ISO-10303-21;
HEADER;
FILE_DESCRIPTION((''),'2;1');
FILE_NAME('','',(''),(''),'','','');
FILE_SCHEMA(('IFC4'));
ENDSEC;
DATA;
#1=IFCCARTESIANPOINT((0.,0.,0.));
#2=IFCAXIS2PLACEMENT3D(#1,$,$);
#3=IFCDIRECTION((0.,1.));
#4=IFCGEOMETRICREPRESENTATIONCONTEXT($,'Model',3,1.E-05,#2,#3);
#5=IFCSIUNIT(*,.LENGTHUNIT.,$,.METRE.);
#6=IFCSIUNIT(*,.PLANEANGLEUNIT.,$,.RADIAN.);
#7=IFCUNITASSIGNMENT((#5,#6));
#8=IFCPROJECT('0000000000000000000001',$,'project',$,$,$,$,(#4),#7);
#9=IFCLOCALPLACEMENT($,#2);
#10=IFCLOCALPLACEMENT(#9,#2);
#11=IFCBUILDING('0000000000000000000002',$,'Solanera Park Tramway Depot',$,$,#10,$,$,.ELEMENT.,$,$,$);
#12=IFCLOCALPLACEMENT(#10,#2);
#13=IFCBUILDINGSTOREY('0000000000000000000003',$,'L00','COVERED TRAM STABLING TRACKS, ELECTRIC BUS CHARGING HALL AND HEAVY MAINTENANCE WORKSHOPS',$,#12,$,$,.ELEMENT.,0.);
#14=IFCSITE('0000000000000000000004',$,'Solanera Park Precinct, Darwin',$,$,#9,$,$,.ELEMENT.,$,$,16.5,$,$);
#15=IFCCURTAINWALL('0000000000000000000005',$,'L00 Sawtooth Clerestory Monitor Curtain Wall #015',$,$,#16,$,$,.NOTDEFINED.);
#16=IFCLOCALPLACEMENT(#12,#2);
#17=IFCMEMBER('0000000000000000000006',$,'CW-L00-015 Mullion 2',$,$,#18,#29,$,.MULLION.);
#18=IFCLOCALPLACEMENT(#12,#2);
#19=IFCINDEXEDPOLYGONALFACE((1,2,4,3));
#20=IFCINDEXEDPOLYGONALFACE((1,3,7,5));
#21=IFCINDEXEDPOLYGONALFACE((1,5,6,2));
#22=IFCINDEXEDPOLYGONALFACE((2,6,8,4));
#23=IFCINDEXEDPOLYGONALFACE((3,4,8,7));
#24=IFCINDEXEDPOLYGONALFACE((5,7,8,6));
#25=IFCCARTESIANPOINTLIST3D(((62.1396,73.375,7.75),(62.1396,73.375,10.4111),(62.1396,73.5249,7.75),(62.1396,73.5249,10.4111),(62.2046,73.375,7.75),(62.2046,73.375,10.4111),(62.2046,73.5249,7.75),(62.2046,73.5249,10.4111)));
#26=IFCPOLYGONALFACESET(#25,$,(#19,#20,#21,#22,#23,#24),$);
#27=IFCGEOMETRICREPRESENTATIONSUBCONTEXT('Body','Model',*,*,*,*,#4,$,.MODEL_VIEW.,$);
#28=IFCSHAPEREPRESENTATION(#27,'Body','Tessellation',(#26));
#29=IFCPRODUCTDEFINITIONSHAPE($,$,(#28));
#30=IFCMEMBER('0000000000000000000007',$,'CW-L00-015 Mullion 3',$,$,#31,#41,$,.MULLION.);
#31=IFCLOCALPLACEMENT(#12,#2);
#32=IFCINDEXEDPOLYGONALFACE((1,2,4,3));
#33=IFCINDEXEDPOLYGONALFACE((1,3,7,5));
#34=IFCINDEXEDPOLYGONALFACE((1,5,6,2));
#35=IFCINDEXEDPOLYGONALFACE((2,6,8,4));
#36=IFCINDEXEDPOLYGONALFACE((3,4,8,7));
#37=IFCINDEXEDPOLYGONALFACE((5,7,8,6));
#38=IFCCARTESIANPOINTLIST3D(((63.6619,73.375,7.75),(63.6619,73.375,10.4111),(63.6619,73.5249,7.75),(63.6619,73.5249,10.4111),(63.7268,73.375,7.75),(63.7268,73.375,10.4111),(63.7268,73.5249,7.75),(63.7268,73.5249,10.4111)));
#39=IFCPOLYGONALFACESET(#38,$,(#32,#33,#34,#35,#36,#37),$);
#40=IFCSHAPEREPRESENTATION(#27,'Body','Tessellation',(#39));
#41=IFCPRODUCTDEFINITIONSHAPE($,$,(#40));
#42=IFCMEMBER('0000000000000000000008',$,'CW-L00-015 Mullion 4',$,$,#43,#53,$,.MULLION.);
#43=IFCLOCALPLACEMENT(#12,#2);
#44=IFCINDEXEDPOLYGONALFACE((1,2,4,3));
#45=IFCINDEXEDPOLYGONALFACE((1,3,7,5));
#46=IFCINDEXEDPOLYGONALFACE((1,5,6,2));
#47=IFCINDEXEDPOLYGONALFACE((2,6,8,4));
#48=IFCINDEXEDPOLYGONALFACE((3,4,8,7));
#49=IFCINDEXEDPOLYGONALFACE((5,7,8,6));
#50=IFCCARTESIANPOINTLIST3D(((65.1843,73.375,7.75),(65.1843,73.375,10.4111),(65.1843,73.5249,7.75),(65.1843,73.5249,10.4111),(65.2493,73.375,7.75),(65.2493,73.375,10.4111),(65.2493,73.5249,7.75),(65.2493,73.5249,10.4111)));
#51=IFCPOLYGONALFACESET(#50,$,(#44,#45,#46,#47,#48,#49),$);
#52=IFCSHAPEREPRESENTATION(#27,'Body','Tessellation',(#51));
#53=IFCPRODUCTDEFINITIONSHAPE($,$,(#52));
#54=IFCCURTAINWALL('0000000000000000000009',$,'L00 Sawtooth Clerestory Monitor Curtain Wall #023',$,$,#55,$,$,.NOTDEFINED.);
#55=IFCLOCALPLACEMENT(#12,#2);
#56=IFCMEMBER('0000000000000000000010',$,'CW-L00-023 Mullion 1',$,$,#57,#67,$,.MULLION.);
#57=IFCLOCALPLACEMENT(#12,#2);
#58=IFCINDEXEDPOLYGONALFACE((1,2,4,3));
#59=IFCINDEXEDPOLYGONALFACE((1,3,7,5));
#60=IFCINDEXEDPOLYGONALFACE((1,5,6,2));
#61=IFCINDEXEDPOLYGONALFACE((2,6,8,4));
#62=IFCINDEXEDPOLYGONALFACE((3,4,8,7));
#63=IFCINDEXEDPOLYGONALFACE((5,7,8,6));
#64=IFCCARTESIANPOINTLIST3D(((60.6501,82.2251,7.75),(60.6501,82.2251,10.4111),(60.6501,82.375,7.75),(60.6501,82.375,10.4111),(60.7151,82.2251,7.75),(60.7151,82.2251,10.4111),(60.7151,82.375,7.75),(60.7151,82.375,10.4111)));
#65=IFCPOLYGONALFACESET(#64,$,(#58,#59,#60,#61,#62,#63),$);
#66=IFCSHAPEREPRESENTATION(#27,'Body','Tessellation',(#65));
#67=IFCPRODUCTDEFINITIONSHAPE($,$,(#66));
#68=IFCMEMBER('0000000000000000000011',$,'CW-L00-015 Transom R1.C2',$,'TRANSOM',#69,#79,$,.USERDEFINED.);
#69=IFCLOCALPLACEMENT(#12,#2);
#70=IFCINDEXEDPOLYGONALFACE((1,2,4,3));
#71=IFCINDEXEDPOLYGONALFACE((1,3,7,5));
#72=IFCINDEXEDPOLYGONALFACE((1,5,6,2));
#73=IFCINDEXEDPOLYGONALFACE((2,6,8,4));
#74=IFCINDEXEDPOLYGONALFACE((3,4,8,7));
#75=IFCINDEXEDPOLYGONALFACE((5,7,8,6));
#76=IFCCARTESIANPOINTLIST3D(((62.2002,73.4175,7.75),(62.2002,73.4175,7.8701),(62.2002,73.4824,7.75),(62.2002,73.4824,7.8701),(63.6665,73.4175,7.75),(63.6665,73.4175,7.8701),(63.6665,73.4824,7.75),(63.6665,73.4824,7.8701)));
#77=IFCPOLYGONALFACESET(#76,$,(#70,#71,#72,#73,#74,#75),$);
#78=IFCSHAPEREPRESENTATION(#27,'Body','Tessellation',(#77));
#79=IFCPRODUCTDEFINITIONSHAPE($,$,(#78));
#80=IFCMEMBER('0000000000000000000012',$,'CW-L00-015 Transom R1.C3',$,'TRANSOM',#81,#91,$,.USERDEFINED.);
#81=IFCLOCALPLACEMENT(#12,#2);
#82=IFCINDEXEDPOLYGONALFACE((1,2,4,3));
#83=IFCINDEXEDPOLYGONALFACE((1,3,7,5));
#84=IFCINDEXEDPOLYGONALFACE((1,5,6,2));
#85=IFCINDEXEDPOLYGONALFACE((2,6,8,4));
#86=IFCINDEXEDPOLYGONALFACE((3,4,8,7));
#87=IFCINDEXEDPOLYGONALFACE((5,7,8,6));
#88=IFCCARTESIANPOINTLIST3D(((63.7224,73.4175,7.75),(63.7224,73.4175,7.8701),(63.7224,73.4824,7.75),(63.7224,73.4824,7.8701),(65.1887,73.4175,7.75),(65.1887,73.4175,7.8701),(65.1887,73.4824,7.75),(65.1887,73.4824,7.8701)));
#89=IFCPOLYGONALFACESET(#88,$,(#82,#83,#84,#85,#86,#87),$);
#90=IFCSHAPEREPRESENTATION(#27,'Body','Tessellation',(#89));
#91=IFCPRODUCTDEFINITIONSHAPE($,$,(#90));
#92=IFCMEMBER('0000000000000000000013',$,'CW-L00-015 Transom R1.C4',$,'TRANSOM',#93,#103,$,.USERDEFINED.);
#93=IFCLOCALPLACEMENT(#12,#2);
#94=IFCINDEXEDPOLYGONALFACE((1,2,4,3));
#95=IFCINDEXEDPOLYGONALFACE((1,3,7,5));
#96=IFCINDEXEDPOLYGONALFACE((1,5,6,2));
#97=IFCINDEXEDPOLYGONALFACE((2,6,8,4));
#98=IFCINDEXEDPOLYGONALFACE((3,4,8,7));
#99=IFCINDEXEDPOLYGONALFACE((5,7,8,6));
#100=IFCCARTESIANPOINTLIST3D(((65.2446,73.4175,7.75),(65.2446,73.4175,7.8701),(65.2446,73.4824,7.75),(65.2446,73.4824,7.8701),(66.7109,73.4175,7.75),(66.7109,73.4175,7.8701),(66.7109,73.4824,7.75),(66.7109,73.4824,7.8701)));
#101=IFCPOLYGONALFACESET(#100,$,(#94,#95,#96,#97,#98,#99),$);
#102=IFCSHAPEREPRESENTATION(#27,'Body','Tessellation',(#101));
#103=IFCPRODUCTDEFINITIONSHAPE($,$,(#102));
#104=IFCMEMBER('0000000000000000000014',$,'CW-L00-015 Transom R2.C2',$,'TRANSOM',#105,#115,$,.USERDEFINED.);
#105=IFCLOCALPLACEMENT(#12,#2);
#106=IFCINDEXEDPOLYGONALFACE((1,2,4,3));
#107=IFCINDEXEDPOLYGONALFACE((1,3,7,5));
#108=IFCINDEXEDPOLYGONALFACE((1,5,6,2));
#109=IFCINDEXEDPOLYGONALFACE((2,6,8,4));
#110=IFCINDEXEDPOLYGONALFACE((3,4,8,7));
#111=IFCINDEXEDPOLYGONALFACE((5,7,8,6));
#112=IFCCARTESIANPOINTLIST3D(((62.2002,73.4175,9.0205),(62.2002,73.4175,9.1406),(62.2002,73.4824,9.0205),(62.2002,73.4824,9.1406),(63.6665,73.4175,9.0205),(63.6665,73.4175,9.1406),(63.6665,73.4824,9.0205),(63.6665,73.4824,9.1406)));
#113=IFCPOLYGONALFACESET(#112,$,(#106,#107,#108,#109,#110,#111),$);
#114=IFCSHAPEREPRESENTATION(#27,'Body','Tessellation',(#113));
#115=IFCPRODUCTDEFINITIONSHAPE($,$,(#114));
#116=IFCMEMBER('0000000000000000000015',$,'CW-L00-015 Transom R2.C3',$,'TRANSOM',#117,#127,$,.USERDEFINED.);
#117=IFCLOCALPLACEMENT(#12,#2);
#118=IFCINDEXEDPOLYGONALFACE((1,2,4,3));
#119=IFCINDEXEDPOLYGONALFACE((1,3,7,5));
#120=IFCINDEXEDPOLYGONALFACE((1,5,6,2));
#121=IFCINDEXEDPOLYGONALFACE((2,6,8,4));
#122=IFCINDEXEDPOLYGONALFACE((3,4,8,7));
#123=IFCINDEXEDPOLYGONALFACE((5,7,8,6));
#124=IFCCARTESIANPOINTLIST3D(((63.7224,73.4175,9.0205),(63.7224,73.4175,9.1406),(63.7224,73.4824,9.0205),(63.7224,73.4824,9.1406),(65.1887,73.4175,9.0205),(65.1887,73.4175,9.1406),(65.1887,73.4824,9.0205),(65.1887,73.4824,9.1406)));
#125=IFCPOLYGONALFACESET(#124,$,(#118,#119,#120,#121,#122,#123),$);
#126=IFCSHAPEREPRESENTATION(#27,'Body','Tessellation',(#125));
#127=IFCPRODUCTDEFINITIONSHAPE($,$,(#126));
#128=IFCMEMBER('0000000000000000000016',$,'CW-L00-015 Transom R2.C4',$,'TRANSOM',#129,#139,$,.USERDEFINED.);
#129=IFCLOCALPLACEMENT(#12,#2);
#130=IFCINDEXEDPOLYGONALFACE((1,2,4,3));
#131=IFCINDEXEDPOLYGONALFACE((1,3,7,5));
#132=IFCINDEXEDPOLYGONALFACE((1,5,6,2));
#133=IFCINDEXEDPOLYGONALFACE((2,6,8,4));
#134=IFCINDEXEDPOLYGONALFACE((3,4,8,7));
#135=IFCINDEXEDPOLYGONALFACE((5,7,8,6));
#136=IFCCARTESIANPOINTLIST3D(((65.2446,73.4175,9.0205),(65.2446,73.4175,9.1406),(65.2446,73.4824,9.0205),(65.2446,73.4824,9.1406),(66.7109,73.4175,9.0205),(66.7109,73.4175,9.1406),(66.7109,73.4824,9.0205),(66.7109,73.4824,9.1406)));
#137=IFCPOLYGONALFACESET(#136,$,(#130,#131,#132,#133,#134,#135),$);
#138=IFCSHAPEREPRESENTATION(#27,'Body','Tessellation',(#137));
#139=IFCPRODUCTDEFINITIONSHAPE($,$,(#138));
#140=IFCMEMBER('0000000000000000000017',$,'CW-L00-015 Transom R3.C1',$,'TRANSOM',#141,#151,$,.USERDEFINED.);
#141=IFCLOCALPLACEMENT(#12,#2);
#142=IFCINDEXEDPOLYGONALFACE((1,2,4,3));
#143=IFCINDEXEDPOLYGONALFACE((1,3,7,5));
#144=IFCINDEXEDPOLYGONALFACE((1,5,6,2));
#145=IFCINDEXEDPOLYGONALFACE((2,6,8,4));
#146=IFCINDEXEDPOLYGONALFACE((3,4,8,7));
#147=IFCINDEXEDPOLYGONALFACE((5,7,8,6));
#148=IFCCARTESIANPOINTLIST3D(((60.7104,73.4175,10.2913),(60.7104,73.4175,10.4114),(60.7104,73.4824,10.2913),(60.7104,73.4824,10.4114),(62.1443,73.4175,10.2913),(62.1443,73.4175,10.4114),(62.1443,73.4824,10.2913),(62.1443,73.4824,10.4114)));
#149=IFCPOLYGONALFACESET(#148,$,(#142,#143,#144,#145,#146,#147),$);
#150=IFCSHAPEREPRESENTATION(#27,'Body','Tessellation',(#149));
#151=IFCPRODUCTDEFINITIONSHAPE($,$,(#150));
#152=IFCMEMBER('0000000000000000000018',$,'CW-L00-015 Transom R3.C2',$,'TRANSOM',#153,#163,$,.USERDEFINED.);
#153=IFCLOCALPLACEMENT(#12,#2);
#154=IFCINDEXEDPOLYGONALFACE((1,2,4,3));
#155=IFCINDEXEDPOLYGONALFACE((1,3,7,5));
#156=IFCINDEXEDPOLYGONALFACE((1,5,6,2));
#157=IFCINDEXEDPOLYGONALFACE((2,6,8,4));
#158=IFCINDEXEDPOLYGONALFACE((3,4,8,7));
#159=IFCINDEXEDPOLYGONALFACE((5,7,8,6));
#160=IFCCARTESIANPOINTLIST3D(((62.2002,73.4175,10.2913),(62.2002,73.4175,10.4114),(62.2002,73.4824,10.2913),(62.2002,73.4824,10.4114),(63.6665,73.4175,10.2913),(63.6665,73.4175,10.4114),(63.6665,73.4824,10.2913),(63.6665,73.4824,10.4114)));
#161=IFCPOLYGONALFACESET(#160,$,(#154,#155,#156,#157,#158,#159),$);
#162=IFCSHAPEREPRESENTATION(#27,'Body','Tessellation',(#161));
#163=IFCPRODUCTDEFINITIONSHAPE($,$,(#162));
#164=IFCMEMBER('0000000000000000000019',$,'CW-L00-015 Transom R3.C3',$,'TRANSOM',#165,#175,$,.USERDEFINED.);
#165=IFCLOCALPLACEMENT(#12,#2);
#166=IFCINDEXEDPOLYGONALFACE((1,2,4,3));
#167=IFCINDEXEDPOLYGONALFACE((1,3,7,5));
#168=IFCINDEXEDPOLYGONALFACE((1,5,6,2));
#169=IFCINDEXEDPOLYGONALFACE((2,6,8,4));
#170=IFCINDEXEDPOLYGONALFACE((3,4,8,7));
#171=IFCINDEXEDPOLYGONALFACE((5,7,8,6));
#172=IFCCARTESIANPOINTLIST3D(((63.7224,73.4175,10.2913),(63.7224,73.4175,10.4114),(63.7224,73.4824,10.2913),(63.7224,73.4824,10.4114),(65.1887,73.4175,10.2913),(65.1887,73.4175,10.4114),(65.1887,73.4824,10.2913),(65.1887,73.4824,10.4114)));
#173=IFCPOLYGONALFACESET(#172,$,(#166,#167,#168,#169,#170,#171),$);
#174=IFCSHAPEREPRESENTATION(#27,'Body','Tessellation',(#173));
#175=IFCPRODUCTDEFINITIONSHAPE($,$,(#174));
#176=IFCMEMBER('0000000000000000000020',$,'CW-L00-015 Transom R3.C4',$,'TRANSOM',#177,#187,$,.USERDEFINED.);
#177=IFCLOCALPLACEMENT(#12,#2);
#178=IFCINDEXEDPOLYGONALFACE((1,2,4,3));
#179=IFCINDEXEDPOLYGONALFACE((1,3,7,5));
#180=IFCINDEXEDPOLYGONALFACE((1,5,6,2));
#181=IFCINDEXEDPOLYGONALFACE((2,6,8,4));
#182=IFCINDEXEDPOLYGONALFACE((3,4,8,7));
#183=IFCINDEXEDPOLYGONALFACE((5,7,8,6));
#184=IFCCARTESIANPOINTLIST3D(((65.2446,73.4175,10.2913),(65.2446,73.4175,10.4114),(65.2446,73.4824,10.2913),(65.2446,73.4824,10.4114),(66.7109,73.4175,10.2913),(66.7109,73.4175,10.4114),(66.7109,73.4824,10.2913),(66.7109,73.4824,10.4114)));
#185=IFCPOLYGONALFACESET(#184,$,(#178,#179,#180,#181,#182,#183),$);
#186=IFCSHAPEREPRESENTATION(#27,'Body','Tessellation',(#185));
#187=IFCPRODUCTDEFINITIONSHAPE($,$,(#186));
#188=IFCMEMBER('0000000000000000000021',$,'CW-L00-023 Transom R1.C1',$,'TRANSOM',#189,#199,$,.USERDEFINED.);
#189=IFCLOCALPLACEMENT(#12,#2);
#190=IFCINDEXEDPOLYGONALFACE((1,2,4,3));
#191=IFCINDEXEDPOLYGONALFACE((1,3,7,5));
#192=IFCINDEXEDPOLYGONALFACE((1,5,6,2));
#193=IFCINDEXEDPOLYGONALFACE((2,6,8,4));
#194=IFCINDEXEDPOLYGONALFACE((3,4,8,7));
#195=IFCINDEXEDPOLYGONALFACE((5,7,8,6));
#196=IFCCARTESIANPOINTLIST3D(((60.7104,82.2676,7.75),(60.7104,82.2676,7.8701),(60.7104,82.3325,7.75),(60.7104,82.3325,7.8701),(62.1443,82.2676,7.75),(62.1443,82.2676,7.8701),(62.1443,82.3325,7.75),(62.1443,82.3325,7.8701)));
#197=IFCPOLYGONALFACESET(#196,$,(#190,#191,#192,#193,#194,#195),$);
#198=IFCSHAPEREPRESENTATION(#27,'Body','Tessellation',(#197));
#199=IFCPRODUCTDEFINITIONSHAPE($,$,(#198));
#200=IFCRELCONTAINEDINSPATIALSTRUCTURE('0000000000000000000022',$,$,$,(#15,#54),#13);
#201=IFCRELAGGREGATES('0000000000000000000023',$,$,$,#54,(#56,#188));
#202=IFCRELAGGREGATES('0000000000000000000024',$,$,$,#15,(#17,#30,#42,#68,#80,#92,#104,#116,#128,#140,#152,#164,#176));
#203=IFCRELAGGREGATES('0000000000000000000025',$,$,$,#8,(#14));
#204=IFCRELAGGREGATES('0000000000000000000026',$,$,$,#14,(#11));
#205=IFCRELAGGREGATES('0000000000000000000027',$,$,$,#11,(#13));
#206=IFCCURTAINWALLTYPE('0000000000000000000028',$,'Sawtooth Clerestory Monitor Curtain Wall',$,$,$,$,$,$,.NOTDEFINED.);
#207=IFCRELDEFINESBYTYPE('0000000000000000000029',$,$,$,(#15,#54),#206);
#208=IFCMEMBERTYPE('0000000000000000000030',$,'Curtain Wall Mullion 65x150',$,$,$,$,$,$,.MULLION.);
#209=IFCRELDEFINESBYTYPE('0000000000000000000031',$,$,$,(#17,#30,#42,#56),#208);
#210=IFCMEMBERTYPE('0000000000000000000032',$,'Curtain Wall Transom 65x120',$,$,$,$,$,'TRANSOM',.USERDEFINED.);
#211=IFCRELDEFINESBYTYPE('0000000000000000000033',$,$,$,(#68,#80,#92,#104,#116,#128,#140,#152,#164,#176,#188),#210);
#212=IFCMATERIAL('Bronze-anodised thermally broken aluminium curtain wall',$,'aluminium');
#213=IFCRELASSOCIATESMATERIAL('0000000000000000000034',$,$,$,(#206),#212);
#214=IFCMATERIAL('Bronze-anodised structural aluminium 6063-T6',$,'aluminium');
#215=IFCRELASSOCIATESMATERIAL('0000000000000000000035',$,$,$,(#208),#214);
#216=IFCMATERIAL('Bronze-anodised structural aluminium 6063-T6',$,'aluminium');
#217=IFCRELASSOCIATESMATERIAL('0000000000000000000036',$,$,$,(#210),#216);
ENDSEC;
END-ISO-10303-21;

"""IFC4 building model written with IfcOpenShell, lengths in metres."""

from ifc_helpers import new_model, si_unit, direction, frame, origin, origin_2d, place, context, subcontext, project, spatial, rectangle, extrude, material, material_profile, profile_set, type_object, element, aggregate, save


model = new_model("IFC4")

# Units and contexts
model_context = context("Model", 3, precision=1e-05, world=origin(), true_north=direction((0.0, 1.0)))
body_context = subcontext(model_context, "Body", "Model", "MODEL_VIEW")
ifc_project = project(units=[si_unit("LENGTHUNIT", "METRE"), si_unit("PLANEANGLEUNIT", "RADIAN")], contexts=[model_context])

# Site, building, storey
site_placement = place(None, origin())
site = spatial("IfcSite", under=ifc_project, at=site_placement, Name="Solanera Park Precinct, Darwin", CompositionType="ELEMENT", RefElevation=16.5)
building_placement = place(site_placement, origin())
building = spatial("IfcBuilding", under=site, at=building_placement, Name="Solanera Park Tramway Depot", CompositionType="ELEMENT")
storey_placement = place(building_placement, origin())
storey = spatial("IfcBuildingStorey", under=building, at=storey_placement, Name="L00", Description="COVERED TRAM STABLING TRACKS, ELECTRIC BUS CHARGING HALL AND HEAVY MAINTENANCE WORKSHOPS", CompositionType="ELEMENT", Elevation=0.0)

# Curtain wall, members
ifc_material_1 = material(Name="Bronze-anodised thermally broken aluminium curtain wall", Category="aluminium")
curtain_wall_type = type_object("IfcCurtainWallType", Name="Sawtooth Clerestory Monitor Curtain Wall", PredefinedType="NOTDEFINED", material=ifc_material_1)
curtain_wall_1_placement = place(storey_placement, origin())
curtain_wall_1 = element("IfcCurtainWall", 1, at=curtain_wall_1_placement, inside=storey, type_object=curtain_wall_type, Name="L00 Sawtooth Clerestory Monitor Curtain Wall #015", PredefinedType="NOTDEFINED")
ifc_material_2 = material(Name="Bronze-anodised structural aluminium 6063-T6", Category="aluminium")
ifc_material_profile_1 = material_profile(ifc_material_2, rectangle(XDim=0.0649, YDim=0.1499, at=origin_2d()), Name="Curtain Wall Mullion 65x150")
ifc_profile_set_1 = profile_set([ifc_material_profile_1], Name="Bronze-anodised structural aluminium 6063-T6")
member_type_1 = type_object("IfcMemberType", Name="Curtain Wall Mullion 65x150", PredefinedType="MULLION", material=ifc_profile_set_1)
member_1_placement = place(storey_placement, frame((62.1721, 73.45, 7.75), z_axis=(0.0, 0.0, 1.0), x_axis=(1.0, 0.0, 0.0)))
member_1 = element("IfcMember", 2, at=member_1_placement, type_object=member_type_1, Name="CW-L00-015 Mullion 2", PredefinedType="MULLION", context=body_context, shape_type="SweptSolid", body=[
    extrude(rectangle(XDim=0.0649, YDim=0.1499, at=origin_2d()), origin(), (0.0, 0.0, 1.0), 2.6611),
])
member_2_placement = place(storey_placement, frame((63.6943, 73.45, 7.75), z_axis=(0.0, 0.0, 1.0), x_axis=(1.0, 0.0, 0.0)))
member_2 = element("IfcMember", 3, at=member_2_placement, type_object=member_type_1, Name="CW-L00-015 Mullion 3", PredefinedType="MULLION", context=body_context, shape_type="SweptSolid", body=[
    extrude(rectangle(XDim=0.0649, YDim=0.1499, at=origin_2d()), origin(), (0.0, 0.0, 1.0), 2.6611),
])
member_3_placement = place(storey_placement, frame((65.2168, 73.45, 7.75), z_axis=(0.0, 0.0, 1.0), x_axis=(1.0, 0.0, 0.0)))
member_3 = element("IfcMember", 4, at=member_3_placement, type_object=member_type_1, Name="CW-L00-015 Mullion 4", PredefinedType="MULLION", context=body_context, shape_type="SweptSolid", body=[
    extrude(rectangle(XDim=0.0649, YDim=0.1499, at=origin_2d()), origin(), (0.0, 0.0, 1.0), 2.6611),
])

# Curtain wall, member
curtain_wall_2_placement = place(storey_placement, origin())
curtain_wall_2 = element("IfcCurtainWall", 5, at=curtain_wall_2_placement, inside=storey, type_object=curtain_wall_type, Name="L00 Sawtooth Clerestory Monitor Curtain Wall #023", PredefinedType="NOTDEFINED")
member_4_placement = place(storey_placement, frame((60.6826, 82.3, 7.75), z_axis=(0.0, 0.0, 1.0), x_axis=(1.0, 0.0, 0.0)))
member_4 = element("IfcMember", 6, at=member_4_placement, type_object=member_type_1, Name="CW-L00-023 Mullion 1", PredefinedType="MULLION", context=body_context, shape_type="SweptSolid", body=[
    extrude(rectangle(XDim=0.0649, YDim=0.1499, at=origin_2d()), origin(), (0.0, 0.0, 1.0), 2.6611),
])

# Members
ifc_material_3 = material(Name="Bronze-anodised structural aluminium 6063-T6", Category="aluminium")
ifc_material_profile_2 = material_profile(ifc_material_3, rectangle(XDim=0.0649, YDim=0.1201, at=origin_2d()), Name="Curtain Wall Transom 65x120")
ifc_profile_set_2 = profile_set([ifc_material_profile_2], Name="Bronze-anodised structural aluminium 6063-T6")
member_type_2 = type_object("IfcMemberType", Name="Curtain Wall Transom 65x120", ElementType="TRANSOM", PredefinedType="USERDEFINED", material=ifc_profile_set_2)
member_5_placement = place(storey_placement, frame((62.2002, 73.45, 7.8101), z_axis=(1.0, 0.0, 0.0), x_axis=(0.0, 1.0, 0.0)))
member_5 = element("IfcMember", 7, at=member_5_placement, type_object=member_type_2, Name="CW-L00-015 Transom R1.C2", ObjectType="TRANSOM", PredefinedType="USERDEFINED", context=body_context, shape_type="SweptSolid", body=[
    extrude(rectangle(XDim=0.0649, YDim=0.1201, at=origin_2d()), origin(), (0.0, 0.0, 1.0), 1.4663),
])
member_6_placement = place(storey_placement, frame((63.7224, 73.45, 7.8101), z_axis=(1.0, 0.0, 0.0), x_axis=(0.0, 1.0, 0.0)))
member_6 = element("IfcMember", 8, at=member_6_placement, type_object=member_type_2, Name="CW-L00-015 Transom R1.C3", ObjectType="TRANSOM", PredefinedType="USERDEFINED", context=body_context, shape_type="SweptSolid", body=[
    extrude(rectangle(XDim=0.0649, YDim=0.1201, at=origin_2d()), origin(), (0.0, 0.0, 1.0), 1.4663),
])
member_7_placement = place(storey_placement, frame((65.2446, 73.45, 7.8101), z_axis=(1.0, 0.0, 0.0), x_axis=(0.0, 1.0, 0.0)))
member_7 = element("IfcMember", 9, at=member_7_placement, type_object=member_type_2, Name="CW-L00-015 Transom R1.C4", ObjectType="TRANSOM", PredefinedType="USERDEFINED", context=body_context, shape_type="SweptSolid", body=[
    extrude(rectangle(XDim=0.0649, YDim=0.1201, at=origin_2d()), origin(), (0.0, 0.0, 1.0), 1.4663),
])
member_8_placement = place(storey_placement, frame((62.2002, 73.45, 9.0806), z_axis=(1.0, 0.0, 0.0), x_axis=(0.0, 1.0, 0.0)))
member_8 = element("IfcMember", 10, at=member_8_placement, type_object=member_type_2, Name="CW-L00-015 Transom R2.C2", ObjectType="TRANSOM", PredefinedType="USERDEFINED", context=body_context, shape_type="SweptSolid", body=[
    extrude(rectangle(XDim=0.0649, YDim=0.1201, at=origin_2d()), origin(), (0.0, 0.0, 1.0), 1.4663),
])
member_9_placement = place(storey_placement, frame((63.7224, 73.45, 9.0806), z_axis=(1.0, 0.0, 0.0), x_axis=(0.0, 1.0, 0.0)))
member_9 = element("IfcMember", 11, at=member_9_placement, type_object=member_type_2, Name="CW-L00-015 Transom R2.C3", ObjectType="TRANSOM", PredefinedType="USERDEFINED", context=body_context, shape_type="SweptSolid", body=[
    extrude(rectangle(XDim=0.0649, YDim=0.1201, at=origin_2d()), origin(), (0.0, 0.0, 1.0), 1.4663),
])
member_10_placement = place(storey_placement, frame((65.2446, 73.45, 9.0806), z_axis=(1.0, 0.0, 0.0), x_axis=(0.0, 1.0, 0.0)))
member_10 = element("IfcMember", 12, at=member_10_placement, type_object=member_type_2, Name="CW-L00-015 Transom R2.C4", ObjectType="TRANSOM", PredefinedType="USERDEFINED", context=body_context, shape_type="SweptSolid", body=[
    extrude(rectangle(XDim=0.0649, YDim=0.1201, at=origin_2d()), origin(), (0.0, 0.0, 1.0), 1.4663),
])
member_11_placement = place(storey_placement, frame((60.7104, 73.45, 10.3513), z_axis=(1.0, 0.0, 0.0), x_axis=(0.0, 1.0, 0.0)))
member_11 = element("IfcMember", 13, at=member_11_placement, type_object=member_type_2, Name="CW-L00-015 Transom R3.C1", ObjectType="TRANSOM", PredefinedType="USERDEFINED", context=body_context, shape_type="SweptSolid", body=[
    extrude(rectangle(XDim=0.0649, YDim=0.1201, at=origin_2d()), origin(), (0.0, 0.0, 1.0), 1.4338),
])
member_12_placement = place(storey_placement, frame((62.2002, 73.45, 10.3513), z_axis=(1.0, 0.0, 0.0), x_axis=(0.0, 1.0, 0.0)))
member_12 = element("IfcMember", 14, at=member_12_placement, type_object=member_type_2, Name="CW-L00-015 Transom R3.C2", ObjectType="TRANSOM", PredefinedType="USERDEFINED", context=body_context, shape_type="SweptSolid", body=[
    extrude(rectangle(XDim=0.0649, YDim=0.1201, at=origin_2d()), origin(), (0.0, 0.0, 1.0), 1.4663),
])
member_13_placement = place(storey_placement, frame((63.7224, 73.45, 10.3513), z_axis=(1.0, 0.0, 0.0), x_axis=(0.0, 1.0, 0.0)))
member_13 = element("IfcMember", 15, at=member_13_placement, type_object=member_type_2, Name="CW-L00-015 Transom R3.C3", ObjectType="TRANSOM", PredefinedType="USERDEFINED", context=body_context, shape_type="SweptSolid", body=[
    extrude(rectangle(XDim=0.0649, YDim=0.1201, at=origin_2d()), origin(), (0.0, 0.0, 1.0), 1.4663),
])
member_14_placement = place(storey_placement, frame((65.2446, 73.45, 10.3513), z_axis=(1.0, 0.0, 0.0), x_axis=(0.0, 1.0, 0.0)))
member_14 = element("IfcMember", 16, at=member_14_placement, type_object=member_type_2, Name="CW-L00-015 Transom R3.C4", ObjectType="TRANSOM", PredefinedType="USERDEFINED", context=body_context, shape_type="SweptSolid", body=[
    extrude(rectangle(XDim=0.0649, YDim=0.1201, at=origin_2d()), origin(), (0.0, 0.0, 1.0), 1.4663),
])
member_15_placement = place(storey_placement, frame((60.7104, 82.3, 7.8101), z_axis=(1.0, 0.0, 0.0), x_axis=(0.0, 1.0, 0.0)))
member_15 = element("IfcMember", 17, at=member_15_placement, type_object=member_type_2, Name="CW-L00-023 Transom R1.C1", ObjectType="TRANSOM", PredefinedType="USERDEFINED", context=body_context, shape_type="SweptSolid", body=[
    extrude(rectangle(XDim=0.0649, YDim=0.1201, at=origin_2d()), origin(), (0.0, 0.0, 1.0), 1.4338),
])
aggregate(curtain_wall_2, [member_4, member_15])

aggregate(curtain_wall_1, [member_1, member_2, member_3, member_5, member_6, member_7, member_8, member_9, member_10, member_11, member_12, member_13, member_14])

save(model, "model.ifc")
